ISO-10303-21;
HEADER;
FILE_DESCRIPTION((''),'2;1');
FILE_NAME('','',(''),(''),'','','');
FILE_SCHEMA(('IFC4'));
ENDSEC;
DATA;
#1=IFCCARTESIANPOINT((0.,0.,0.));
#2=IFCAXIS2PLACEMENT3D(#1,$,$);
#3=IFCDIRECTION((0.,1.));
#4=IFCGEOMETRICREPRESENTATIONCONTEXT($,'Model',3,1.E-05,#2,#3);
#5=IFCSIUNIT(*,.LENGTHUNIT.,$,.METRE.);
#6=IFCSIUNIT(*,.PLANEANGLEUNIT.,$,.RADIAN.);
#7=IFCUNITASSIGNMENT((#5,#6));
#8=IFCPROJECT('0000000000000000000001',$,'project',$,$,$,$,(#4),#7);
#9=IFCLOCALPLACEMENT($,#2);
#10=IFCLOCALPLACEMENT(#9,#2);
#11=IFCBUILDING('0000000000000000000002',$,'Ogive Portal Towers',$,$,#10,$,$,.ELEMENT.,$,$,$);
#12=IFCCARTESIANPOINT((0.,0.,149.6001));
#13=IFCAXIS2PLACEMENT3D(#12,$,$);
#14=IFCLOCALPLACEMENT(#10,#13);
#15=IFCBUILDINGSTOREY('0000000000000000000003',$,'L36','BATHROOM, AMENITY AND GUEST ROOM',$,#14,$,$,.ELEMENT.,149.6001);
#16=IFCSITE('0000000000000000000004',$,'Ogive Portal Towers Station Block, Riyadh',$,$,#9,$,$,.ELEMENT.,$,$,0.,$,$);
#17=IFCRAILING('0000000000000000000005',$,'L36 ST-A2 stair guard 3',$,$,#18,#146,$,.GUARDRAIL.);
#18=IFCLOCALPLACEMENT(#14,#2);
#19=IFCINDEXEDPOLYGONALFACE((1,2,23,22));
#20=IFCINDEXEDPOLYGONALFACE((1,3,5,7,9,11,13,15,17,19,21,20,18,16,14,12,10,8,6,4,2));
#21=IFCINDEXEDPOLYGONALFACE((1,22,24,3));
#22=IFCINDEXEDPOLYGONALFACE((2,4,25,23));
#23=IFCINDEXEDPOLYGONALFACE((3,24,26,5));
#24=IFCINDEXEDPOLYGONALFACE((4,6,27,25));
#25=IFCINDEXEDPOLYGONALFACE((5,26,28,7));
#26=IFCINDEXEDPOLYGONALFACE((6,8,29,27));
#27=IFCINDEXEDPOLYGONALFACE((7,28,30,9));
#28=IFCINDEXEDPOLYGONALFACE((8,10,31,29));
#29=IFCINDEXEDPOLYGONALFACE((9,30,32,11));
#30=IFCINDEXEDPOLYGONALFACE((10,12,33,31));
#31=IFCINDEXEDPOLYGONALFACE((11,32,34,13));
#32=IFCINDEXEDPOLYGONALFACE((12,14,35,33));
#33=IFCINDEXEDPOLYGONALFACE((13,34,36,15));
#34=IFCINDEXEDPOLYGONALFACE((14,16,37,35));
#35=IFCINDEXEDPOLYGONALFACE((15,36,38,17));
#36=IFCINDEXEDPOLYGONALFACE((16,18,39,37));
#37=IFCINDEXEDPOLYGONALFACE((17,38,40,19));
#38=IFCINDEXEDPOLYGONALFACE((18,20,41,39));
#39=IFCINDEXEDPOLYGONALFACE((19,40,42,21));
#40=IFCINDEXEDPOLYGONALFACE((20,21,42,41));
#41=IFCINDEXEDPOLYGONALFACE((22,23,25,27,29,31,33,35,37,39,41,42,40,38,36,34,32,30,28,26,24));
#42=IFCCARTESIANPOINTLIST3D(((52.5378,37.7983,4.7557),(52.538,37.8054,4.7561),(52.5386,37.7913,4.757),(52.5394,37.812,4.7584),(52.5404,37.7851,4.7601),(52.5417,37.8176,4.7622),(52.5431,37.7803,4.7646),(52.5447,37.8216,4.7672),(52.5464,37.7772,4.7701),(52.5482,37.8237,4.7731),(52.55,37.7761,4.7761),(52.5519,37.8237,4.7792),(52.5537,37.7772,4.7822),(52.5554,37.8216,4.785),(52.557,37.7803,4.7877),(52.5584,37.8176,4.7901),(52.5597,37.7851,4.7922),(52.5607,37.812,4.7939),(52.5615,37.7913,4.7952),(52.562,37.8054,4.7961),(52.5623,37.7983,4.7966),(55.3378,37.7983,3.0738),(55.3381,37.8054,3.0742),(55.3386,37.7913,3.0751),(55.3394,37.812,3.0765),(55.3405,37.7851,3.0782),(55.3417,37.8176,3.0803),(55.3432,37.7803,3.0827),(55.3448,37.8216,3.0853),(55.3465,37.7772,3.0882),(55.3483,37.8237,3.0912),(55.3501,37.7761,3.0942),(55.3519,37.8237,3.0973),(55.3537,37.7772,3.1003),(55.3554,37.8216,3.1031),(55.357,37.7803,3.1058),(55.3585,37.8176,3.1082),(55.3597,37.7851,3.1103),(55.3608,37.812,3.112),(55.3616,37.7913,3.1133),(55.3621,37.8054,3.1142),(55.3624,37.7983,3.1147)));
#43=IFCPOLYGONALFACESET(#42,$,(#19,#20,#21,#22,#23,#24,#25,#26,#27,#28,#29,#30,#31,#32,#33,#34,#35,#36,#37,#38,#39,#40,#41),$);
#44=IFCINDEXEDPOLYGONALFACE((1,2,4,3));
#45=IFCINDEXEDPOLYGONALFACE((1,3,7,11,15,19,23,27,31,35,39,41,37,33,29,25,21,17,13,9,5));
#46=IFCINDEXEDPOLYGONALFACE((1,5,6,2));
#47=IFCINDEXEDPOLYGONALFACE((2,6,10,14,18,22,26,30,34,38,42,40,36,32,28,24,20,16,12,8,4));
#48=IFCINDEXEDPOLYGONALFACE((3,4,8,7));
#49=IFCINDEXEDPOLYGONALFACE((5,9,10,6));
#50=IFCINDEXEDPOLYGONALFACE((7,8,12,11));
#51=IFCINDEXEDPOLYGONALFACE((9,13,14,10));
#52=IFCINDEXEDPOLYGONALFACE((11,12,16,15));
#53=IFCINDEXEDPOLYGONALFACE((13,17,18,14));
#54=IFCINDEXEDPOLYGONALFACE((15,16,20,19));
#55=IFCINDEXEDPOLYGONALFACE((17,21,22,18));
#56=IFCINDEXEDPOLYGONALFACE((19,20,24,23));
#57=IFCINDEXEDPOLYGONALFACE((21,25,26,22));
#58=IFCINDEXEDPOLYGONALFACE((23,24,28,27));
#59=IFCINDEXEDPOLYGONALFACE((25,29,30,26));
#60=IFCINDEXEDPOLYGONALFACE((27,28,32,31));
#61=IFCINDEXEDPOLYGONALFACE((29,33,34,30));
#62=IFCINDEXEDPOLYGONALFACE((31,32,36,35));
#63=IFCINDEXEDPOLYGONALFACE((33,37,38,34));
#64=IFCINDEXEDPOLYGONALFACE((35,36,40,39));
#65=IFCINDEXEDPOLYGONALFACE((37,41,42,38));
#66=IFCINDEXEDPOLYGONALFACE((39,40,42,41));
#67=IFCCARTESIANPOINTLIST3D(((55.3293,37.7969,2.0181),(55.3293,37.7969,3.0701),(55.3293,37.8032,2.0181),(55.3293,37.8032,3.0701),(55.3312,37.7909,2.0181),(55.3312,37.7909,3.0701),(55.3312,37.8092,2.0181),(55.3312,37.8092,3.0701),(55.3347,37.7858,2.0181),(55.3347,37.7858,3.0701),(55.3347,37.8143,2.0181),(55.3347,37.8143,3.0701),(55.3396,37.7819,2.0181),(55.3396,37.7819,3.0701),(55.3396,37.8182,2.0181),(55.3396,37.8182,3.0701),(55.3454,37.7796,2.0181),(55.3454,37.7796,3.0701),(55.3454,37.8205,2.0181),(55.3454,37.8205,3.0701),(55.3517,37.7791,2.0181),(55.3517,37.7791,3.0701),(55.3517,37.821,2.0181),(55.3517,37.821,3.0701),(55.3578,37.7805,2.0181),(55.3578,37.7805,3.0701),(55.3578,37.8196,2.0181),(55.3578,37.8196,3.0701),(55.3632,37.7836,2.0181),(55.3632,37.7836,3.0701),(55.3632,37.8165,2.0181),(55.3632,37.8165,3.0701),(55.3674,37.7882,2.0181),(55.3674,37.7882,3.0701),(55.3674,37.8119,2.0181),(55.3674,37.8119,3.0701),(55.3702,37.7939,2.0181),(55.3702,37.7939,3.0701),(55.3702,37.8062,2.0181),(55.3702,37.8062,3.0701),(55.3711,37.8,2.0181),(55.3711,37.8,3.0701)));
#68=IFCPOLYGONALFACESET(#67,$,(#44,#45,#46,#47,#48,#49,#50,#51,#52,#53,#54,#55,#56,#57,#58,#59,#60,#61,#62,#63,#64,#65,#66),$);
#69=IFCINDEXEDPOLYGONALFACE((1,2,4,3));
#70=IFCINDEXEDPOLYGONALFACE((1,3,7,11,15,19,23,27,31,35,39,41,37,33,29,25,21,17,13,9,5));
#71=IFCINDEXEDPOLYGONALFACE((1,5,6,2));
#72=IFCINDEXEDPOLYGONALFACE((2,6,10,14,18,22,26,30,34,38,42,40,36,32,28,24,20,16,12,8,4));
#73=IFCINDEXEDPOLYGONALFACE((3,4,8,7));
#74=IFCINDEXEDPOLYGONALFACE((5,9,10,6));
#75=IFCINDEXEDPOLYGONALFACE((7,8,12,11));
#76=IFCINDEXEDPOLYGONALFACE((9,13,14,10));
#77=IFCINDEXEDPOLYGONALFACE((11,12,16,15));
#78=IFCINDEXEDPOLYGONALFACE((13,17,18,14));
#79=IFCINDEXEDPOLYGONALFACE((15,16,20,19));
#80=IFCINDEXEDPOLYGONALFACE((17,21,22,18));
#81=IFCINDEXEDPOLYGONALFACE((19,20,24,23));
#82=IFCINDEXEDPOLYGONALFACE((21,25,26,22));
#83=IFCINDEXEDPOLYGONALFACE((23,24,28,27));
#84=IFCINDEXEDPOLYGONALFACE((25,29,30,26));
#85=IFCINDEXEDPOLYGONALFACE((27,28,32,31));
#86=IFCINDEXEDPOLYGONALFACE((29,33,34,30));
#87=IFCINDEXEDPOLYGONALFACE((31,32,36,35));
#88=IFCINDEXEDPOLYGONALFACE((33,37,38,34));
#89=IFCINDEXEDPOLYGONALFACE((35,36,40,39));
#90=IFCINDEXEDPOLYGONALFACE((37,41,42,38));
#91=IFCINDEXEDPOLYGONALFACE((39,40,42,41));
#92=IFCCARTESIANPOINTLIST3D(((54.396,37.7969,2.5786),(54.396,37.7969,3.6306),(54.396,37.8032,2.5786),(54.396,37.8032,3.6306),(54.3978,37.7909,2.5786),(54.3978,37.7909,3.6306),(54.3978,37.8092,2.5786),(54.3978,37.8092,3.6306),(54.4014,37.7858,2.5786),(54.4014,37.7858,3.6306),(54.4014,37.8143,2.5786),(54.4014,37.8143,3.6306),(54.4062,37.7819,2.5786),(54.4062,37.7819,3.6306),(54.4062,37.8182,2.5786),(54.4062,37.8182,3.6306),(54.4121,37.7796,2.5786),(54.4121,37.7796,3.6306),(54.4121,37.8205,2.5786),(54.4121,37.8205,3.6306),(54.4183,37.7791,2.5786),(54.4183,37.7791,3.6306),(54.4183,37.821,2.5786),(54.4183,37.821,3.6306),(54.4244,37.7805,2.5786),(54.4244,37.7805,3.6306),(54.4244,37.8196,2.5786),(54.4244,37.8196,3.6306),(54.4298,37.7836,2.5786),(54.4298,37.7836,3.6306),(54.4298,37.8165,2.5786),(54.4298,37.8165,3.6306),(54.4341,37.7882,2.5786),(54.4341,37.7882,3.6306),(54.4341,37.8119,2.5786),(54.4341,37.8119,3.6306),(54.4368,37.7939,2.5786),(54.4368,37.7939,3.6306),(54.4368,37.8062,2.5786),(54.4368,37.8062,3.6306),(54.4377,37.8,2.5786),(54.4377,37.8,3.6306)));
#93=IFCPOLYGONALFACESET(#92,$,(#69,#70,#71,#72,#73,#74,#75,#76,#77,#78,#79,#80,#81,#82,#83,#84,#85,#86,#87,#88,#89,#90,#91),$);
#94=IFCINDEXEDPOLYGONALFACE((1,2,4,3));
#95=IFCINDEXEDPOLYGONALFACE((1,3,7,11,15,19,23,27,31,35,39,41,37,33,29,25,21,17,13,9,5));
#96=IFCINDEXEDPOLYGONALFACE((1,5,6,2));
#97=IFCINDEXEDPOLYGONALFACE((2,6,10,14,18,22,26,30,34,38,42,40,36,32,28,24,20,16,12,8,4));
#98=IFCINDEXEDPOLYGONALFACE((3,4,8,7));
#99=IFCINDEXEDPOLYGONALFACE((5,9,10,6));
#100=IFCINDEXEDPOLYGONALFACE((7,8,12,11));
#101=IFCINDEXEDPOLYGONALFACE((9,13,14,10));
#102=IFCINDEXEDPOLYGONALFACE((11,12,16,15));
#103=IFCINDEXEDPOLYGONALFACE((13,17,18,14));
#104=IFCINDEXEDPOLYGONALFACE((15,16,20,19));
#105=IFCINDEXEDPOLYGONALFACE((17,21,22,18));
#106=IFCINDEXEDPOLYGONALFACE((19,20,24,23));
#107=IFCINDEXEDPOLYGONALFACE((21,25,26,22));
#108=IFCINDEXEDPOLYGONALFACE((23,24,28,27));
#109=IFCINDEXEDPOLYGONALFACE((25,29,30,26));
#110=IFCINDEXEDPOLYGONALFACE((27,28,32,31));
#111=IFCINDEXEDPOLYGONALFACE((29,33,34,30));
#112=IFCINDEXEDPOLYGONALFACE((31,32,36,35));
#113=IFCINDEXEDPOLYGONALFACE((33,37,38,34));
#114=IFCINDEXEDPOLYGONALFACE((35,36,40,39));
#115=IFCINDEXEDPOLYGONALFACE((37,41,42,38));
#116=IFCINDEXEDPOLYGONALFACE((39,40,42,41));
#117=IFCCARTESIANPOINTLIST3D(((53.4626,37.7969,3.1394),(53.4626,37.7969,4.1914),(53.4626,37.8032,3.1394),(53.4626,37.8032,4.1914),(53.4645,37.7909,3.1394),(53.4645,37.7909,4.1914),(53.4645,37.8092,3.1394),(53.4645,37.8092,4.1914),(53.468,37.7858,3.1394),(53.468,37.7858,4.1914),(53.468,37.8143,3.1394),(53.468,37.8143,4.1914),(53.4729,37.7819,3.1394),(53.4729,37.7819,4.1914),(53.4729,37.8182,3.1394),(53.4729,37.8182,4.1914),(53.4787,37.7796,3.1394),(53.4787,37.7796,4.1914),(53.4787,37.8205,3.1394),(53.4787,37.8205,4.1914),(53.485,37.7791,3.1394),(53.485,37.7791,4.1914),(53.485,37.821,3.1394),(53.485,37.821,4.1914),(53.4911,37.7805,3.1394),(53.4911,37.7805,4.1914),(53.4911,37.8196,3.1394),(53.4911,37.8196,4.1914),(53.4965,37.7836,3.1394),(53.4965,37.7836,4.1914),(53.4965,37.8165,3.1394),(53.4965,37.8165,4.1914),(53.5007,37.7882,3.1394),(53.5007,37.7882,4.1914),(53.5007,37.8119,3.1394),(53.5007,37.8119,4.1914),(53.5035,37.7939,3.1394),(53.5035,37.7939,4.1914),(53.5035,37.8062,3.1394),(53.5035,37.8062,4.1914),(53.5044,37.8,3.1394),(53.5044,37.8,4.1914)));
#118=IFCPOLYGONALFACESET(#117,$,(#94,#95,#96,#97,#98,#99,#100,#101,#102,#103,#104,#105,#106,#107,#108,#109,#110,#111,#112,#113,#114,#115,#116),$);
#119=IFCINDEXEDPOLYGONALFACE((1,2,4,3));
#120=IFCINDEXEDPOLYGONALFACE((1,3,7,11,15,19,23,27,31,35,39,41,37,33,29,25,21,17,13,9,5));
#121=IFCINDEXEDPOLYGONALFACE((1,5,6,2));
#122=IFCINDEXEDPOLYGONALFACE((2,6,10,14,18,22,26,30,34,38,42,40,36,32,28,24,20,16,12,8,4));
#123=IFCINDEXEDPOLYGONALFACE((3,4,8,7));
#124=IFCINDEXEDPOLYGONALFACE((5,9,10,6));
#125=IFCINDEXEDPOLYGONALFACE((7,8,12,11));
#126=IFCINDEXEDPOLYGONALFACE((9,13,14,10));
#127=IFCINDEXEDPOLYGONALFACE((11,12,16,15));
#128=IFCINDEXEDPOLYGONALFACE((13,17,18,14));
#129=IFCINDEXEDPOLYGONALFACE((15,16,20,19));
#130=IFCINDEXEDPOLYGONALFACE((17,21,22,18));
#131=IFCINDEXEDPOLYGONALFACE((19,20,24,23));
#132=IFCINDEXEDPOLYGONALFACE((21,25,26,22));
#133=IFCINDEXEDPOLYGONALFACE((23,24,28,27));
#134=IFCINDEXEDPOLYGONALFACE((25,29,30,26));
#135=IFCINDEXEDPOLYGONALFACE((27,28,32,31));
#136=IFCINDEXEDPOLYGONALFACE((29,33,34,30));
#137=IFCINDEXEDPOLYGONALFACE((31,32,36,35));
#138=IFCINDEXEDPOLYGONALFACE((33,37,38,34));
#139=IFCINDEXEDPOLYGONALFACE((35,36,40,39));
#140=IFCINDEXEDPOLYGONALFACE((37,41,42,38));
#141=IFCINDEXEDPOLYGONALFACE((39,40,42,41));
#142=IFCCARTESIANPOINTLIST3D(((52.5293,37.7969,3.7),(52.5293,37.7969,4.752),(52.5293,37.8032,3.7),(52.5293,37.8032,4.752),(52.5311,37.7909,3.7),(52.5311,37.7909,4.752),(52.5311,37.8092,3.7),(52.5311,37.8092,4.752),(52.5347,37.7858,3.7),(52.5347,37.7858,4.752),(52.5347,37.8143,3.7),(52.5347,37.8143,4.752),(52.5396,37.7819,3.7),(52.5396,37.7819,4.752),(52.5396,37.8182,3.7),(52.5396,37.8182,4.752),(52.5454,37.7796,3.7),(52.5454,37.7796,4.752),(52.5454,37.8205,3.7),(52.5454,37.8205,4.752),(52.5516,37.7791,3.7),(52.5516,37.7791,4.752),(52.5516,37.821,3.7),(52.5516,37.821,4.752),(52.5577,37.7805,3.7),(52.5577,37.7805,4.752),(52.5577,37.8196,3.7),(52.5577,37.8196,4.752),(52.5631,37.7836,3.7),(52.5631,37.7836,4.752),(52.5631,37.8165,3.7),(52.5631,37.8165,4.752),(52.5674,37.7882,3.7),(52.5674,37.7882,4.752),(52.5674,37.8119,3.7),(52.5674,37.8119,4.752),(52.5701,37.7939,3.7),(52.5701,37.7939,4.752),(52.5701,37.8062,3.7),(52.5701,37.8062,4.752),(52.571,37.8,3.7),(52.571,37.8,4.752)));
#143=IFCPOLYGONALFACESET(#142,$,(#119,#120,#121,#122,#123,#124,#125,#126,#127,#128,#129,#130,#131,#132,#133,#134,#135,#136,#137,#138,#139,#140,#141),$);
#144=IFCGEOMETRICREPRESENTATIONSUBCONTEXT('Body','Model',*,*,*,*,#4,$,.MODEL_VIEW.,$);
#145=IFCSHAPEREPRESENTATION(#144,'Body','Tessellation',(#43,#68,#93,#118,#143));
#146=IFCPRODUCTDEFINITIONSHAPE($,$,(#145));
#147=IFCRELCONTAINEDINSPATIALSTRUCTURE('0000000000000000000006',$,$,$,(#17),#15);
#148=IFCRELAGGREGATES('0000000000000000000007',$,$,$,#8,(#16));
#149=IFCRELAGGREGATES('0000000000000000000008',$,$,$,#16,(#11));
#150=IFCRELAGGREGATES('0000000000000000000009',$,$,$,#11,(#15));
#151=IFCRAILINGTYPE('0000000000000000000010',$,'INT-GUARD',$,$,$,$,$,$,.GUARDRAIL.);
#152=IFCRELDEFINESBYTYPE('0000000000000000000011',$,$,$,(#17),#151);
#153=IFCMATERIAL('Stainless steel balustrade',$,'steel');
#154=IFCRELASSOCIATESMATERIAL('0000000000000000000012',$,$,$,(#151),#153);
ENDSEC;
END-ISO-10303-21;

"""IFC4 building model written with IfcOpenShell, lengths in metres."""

from ifc_helpers import new_model, si_unit, direction, frame, origin, origin_2d, place, context, subcontext, project, spatial, circle, extrude, material, type_object, element, save


model = new_model("IFC4")

# Units and contexts
model_context = context("Model", 3, precision=1e-05, world=origin(), true_north=direction((0.0, 1.0)))
body_context = subcontext(model_context, "Body", "Model", "MODEL_VIEW")
ifc_project = project(units=[si_unit("LENGTHUNIT", "METRE"), si_unit("PLANEANGLEUNIT", "RADIAN")], contexts=[model_context])

# Site, building, storey
site_placement = place(None, origin())
site = spatial("IfcSite", under=ifc_project, at=site_placement, Name="Ogive Portal Towers Station Block, Riyadh", CompositionType="ELEMENT", RefElevation=0.0)
building_placement = place(site_placement, origin())
building = spatial("IfcBuilding", under=site, at=building_placement, Name="Ogive Portal Towers", CompositionType="ELEMENT")
storey_placement = place(building_placement, frame((0.0, 0.0, 149.6001)))
storey = spatial("IfcBuildingStorey", under=building, at=storey_placement, Name="L36", Description="BATHROOM, AMENITY AND GUEST ROOM", CompositionType="ELEMENT", Elevation=149.6001)

# Railing
ifc_material_1 = material(Name="Stainless steel balustrade", Category="steel")
railing_type_1 = type_object("IfcRailingType", Name="INT-GUARD", PredefinedType="GUARDRAIL", material=ifc_material_1)
railing_1_placement = place(storey_placement, frame((55.3501, 37.8, 2.0181)))
element("IfcRailing", 1, at=railing_1_placement, inside=storey, type_object=railing_type_1, Name="L36 ST-A2 stair guard 3", PredefinedType="GUARDRAIL", context=body_context, shape_type="SweptSolid", body=[
    extrude(circle(Radius=0.0239, at=origin_2d()), frame((0.0, 0.0, 1.0762), z_axis=(-0.857242, 0.0, 0.514913), x_axis=(0.0, -1.0, 0.0)), (0.0, 0.0, 1.0), 3.2664),
    extrude(circle(Radius=0.021, at=origin_2d()), origin(), (0.0, 0.0, 1.0), 1.052),
    extrude(circle(Radius=0.021, at=origin_2d()), frame((-0.9333, 0.0, 0.5605)), (0.0, 0.0, 1.0), 1.052),
    extrude(circle(Radius=0.021, at=origin_2d()), frame((-1.8667, 0.0, 1.1213)), (0.0, 0.0, 1.0), 1.052),
    extrude(circle(Radius=0.021, at=origin_2d()), frame((-2.8, 0.0, 1.6819)), (0.0, 0.0, 1.0), 1.052),
])

save(model, "model.ifc")
